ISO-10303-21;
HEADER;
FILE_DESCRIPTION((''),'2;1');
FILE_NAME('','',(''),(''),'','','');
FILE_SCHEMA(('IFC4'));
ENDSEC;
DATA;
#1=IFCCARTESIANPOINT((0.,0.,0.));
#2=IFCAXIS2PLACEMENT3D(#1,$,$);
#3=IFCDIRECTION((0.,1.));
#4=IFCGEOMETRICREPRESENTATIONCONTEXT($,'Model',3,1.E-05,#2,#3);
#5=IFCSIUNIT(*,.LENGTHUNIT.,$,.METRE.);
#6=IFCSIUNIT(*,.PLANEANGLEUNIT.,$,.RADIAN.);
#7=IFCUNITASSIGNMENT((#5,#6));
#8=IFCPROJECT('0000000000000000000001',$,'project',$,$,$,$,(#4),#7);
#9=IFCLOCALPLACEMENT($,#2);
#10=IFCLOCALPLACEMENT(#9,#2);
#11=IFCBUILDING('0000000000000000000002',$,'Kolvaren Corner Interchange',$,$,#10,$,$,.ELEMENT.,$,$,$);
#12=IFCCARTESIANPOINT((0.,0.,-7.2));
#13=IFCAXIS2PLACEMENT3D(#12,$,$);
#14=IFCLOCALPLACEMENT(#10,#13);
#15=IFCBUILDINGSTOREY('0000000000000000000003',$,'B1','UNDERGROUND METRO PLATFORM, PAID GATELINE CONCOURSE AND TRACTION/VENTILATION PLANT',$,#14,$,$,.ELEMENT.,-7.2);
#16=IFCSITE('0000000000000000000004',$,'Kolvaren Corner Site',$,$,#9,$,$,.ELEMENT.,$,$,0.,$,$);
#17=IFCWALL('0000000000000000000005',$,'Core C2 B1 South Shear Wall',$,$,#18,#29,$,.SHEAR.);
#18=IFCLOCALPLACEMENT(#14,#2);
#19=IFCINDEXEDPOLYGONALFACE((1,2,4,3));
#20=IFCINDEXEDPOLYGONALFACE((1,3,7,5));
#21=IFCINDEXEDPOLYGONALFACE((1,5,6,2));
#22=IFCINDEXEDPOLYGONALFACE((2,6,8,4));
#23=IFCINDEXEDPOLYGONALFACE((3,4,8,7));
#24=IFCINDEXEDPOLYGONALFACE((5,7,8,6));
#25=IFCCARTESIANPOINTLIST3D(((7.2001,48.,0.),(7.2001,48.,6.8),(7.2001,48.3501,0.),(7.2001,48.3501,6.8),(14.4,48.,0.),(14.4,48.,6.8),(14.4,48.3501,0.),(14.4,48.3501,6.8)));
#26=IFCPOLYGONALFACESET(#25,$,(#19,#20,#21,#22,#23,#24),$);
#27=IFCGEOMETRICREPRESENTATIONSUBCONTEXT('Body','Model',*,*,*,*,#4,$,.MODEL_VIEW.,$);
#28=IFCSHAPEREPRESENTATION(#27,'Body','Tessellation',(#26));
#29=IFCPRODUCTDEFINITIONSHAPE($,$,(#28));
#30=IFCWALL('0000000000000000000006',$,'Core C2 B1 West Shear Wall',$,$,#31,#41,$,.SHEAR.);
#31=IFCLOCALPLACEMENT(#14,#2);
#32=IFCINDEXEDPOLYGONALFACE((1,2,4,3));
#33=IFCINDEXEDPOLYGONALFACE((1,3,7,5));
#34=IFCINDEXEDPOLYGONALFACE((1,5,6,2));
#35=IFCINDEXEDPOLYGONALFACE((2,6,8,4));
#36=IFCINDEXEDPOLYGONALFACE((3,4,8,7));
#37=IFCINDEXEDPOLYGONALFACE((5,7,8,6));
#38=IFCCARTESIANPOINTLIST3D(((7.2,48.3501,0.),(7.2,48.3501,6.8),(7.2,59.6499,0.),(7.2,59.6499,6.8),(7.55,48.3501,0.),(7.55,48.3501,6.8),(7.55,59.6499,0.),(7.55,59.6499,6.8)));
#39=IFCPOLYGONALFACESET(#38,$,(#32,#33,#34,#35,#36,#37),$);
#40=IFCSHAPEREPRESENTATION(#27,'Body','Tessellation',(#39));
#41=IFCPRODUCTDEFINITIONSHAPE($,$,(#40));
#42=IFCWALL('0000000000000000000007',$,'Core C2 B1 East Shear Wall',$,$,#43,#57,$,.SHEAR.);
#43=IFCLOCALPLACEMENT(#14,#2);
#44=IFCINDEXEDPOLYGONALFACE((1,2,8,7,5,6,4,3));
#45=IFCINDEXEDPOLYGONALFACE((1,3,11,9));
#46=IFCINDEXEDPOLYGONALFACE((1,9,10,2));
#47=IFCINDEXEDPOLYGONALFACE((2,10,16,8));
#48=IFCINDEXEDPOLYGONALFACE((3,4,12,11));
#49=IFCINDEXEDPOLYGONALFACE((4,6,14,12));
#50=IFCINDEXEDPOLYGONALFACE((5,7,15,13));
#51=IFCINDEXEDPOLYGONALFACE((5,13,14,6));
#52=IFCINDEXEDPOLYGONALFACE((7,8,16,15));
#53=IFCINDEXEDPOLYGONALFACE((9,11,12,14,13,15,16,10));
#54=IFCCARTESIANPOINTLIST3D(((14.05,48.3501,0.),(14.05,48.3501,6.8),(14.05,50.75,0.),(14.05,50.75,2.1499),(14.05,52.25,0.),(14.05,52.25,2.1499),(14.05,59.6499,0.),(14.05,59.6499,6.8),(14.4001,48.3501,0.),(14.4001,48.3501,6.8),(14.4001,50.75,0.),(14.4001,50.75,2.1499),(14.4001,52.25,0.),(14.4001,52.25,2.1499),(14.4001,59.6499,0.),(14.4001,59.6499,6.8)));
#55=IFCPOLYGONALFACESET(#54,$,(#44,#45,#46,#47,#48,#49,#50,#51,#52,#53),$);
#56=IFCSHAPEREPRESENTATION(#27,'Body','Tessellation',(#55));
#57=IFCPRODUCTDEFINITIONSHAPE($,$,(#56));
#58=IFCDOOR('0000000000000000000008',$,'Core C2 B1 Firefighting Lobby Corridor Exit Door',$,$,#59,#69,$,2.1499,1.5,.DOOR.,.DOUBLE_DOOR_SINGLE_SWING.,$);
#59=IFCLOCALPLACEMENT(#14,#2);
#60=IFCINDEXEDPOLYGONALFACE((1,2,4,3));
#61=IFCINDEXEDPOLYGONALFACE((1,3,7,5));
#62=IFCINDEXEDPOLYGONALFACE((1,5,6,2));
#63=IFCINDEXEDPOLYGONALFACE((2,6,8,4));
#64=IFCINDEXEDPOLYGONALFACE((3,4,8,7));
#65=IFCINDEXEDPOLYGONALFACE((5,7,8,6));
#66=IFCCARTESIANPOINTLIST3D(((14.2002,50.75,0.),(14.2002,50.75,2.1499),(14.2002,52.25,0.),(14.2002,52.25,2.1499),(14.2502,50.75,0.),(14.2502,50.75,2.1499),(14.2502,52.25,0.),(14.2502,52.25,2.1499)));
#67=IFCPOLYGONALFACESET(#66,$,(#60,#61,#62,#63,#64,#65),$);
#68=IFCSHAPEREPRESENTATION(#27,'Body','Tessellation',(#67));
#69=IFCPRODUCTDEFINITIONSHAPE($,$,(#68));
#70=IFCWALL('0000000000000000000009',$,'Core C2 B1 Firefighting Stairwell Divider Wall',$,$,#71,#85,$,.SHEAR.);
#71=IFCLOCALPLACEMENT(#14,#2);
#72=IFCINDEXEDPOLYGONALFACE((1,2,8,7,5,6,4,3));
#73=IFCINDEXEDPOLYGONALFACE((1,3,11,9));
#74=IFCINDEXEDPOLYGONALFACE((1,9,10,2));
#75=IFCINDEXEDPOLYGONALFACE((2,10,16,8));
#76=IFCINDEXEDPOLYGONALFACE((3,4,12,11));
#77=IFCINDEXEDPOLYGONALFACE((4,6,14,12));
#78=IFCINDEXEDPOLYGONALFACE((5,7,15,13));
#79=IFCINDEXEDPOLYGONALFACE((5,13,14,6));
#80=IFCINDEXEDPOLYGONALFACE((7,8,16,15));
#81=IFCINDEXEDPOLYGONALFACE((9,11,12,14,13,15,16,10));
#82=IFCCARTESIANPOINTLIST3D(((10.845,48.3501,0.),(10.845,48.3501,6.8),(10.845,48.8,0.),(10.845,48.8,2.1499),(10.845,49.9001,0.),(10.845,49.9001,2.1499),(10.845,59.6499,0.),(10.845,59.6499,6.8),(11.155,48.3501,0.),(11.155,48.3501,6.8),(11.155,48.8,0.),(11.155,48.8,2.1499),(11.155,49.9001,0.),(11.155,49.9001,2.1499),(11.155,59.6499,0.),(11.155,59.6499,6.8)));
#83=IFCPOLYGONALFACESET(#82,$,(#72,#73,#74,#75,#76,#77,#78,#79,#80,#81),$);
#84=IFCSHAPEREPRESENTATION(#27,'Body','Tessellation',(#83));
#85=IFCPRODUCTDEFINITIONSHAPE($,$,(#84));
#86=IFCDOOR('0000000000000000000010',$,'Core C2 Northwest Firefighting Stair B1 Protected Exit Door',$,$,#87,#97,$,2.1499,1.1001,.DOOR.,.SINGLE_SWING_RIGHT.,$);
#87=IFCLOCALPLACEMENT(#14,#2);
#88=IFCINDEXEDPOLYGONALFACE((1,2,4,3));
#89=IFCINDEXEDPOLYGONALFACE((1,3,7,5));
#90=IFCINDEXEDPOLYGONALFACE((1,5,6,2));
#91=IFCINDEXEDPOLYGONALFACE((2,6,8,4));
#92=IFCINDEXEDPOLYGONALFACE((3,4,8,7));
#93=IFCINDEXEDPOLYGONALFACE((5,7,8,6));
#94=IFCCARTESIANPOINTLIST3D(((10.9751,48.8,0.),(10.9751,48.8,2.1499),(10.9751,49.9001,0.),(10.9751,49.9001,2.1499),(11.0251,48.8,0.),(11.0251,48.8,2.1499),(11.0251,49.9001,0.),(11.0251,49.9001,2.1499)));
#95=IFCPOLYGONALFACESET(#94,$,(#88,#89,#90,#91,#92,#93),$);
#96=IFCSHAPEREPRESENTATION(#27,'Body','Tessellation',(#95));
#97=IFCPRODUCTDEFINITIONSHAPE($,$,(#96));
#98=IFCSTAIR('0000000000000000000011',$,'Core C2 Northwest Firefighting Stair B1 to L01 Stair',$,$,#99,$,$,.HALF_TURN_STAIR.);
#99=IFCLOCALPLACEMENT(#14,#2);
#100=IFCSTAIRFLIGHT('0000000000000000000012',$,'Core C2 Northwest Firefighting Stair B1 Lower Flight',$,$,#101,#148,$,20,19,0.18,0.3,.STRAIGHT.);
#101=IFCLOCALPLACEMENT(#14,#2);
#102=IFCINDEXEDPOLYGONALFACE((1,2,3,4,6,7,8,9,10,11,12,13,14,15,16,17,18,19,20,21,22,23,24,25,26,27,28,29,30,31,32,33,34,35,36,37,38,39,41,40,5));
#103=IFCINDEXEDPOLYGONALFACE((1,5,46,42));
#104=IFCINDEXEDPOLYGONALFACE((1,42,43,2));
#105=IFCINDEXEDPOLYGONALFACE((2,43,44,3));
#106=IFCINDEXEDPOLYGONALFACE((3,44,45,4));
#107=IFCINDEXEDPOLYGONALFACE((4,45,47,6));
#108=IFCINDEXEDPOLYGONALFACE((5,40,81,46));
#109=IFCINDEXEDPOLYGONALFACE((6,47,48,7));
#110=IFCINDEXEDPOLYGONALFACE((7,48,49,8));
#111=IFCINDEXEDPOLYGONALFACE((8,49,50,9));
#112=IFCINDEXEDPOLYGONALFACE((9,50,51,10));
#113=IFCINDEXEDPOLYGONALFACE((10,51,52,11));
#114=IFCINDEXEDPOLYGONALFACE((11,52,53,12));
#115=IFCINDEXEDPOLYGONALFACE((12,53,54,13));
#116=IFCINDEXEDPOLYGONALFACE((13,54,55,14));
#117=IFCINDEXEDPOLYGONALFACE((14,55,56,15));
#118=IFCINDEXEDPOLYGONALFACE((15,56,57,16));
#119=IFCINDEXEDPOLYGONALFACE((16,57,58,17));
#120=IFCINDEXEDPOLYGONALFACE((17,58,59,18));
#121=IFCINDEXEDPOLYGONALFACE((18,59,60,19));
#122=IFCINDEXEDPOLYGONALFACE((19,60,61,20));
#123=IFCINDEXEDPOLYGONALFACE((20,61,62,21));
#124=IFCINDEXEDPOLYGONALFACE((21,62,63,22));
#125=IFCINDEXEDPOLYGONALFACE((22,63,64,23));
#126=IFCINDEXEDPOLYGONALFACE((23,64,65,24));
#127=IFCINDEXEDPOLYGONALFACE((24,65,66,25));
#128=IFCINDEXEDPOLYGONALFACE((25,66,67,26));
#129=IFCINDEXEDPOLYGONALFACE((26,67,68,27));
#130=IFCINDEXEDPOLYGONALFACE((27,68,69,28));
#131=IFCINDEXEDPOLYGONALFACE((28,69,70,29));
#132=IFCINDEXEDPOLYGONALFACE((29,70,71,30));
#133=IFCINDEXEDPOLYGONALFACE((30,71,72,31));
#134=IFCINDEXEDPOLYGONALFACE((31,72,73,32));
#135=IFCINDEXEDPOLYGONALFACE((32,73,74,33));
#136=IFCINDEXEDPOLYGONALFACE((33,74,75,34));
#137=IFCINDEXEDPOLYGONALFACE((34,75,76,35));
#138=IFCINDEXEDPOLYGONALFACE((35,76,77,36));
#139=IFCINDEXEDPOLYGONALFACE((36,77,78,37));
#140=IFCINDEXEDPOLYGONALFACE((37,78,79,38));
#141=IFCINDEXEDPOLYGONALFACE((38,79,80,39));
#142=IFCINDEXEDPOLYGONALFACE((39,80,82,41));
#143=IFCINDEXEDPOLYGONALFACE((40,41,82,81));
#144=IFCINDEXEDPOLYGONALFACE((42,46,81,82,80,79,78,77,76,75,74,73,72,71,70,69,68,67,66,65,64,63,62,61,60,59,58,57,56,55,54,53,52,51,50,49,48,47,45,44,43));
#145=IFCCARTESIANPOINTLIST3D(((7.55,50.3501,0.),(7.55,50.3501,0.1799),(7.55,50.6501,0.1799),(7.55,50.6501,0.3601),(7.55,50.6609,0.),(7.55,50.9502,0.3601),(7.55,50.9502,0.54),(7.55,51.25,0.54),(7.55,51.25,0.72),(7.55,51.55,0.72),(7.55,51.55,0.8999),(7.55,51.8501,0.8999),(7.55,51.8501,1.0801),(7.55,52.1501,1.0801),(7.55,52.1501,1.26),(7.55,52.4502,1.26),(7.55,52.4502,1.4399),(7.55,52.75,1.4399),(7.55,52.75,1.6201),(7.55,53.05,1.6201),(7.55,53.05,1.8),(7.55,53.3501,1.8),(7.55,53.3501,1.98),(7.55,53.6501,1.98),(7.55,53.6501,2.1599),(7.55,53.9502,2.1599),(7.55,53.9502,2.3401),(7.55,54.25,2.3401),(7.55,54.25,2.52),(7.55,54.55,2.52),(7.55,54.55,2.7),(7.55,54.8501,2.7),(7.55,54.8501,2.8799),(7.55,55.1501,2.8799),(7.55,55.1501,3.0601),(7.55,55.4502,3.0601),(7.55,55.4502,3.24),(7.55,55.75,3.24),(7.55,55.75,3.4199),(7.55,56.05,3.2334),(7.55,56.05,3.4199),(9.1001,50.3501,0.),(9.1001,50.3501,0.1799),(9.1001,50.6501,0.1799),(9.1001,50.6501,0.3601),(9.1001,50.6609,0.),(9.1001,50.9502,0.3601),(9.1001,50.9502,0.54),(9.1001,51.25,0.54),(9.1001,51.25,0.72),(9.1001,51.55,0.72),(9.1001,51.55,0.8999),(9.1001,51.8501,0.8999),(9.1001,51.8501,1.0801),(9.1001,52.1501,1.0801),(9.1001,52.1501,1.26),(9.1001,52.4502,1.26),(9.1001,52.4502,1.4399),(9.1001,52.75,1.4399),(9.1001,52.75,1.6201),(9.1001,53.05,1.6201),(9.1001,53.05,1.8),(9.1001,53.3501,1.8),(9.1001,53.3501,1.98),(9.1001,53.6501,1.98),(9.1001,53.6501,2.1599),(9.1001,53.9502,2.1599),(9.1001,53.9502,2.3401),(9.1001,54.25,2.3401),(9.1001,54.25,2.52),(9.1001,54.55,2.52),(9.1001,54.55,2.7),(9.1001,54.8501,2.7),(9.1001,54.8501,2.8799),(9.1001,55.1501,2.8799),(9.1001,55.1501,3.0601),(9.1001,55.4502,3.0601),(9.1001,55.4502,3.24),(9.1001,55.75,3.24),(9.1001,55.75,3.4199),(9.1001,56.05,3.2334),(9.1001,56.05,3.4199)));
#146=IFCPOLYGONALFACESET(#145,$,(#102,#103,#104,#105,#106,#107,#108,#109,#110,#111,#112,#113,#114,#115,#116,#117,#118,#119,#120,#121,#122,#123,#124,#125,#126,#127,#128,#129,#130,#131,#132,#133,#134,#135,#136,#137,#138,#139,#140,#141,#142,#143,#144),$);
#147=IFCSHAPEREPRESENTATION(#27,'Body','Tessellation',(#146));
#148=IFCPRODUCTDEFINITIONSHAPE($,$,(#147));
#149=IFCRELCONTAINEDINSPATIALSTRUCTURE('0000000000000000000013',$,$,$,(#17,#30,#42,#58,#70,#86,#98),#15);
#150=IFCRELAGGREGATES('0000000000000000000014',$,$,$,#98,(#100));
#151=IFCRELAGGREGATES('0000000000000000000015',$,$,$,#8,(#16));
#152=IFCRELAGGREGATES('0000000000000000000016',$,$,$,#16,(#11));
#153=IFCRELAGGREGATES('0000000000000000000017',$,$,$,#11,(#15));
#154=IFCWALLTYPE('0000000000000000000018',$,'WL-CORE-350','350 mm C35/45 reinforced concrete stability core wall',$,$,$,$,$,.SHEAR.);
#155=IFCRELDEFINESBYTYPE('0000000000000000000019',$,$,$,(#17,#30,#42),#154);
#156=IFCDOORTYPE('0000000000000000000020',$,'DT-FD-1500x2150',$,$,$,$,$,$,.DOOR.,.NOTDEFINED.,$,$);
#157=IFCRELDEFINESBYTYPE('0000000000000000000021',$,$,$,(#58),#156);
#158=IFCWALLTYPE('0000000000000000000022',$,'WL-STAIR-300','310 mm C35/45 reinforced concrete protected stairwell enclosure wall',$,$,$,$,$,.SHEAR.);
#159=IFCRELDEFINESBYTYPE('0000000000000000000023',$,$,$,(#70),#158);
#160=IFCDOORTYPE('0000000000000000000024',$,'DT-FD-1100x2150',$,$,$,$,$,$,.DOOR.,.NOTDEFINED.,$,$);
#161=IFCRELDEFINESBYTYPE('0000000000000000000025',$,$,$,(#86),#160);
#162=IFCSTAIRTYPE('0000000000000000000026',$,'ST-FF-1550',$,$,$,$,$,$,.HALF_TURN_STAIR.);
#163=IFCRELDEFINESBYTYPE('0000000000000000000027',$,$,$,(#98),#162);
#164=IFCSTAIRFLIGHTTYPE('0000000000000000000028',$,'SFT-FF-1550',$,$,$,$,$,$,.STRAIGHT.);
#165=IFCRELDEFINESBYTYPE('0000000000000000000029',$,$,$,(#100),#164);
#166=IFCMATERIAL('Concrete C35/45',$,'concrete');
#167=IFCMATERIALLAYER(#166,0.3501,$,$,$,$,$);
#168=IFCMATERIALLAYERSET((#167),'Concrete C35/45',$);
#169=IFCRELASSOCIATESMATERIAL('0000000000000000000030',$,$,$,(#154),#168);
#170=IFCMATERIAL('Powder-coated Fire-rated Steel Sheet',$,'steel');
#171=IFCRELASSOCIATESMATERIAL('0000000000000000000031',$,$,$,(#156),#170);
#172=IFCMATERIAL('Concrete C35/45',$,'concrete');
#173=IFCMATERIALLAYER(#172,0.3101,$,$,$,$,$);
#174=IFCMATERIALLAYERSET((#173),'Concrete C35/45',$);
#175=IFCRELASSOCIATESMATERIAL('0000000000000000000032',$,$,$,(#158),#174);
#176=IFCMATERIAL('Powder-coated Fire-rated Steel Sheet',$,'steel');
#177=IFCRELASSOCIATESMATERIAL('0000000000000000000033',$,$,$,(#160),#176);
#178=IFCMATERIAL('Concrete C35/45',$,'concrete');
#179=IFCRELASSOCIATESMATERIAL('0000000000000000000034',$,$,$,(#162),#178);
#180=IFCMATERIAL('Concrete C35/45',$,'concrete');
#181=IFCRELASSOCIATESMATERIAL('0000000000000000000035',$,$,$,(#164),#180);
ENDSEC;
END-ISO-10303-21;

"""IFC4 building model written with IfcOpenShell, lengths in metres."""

from ifc_helpers import new_model, si_unit, direction, frame, frame_2d, origin, place, context, subcontext, project, spatial, polyline, rectangle, outline, extrude, material, layer, layer_set, type_object, element, fill, aggregate, save


model = new_model("IFC4")

# Units and contexts
model_context = context("Model", 3, precision=1e-05, world=origin(), true_north=direction((0.0, 1.0)))
body_context = subcontext(model_context, "Body", "Model", "MODEL_VIEW")
ifc_project = project(units=[si_unit("LENGTHUNIT", "METRE"), si_unit("PLANEANGLEUNIT", "RADIAN")], contexts=[model_context])

# Site, building, storey
site_placement = place(None, origin())
site = spatial("IfcSite", under=ifc_project, at=site_placement, Name="Kolvaren Corner Site", CompositionType="ELEMENT", RefElevation=0.0)
building_placement = place(site_placement, origin())
building = spatial("IfcBuilding", under=site, at=building_placement, Name="Kolvaren Corner Interchange", CompositionType="ELEMENT")
storey_placement = place(building_placement, frame((0.0, 0.0, -7.2)))
storey = spatial("IfcBuildingStorey", under=building, at=storey_placement, Name="B1", Description="UNDERGROUND METRO PLATFORM, PAID GATELINE CONCOURSE AND TRACTION/VENTILATION PLANT", CompositionType="ELEMENT", Elevation=-7.2)

# Walls
ifc_material_1 = material(Name="Concrete C35/45", Category="concrete")
ifc_layer_1 = layer(ifc_material_1, 0.3501)
ifc_layer_set_1 = layer_set([ifc_layer_1], Name="Concrete C35/45")
wall_type_1 = type_object("IfcWallType", Name="WL-CORE-350", Description="350 mm C35/45 reinforced concrete stability core wall", PredefinedType="SHEAR", material=ifc_layer_set_1)
wall_1_placement = place(storey_placement, frame((7.2, 48.175, 0.0), z_axis=(0.0, 0.0, 1.0), x_axis=(1.0, 0.0, 0.0)))
element("IfcWall", 1, at=wall_1_placement, inside=storey, type_object=wall_type_1, Name="Core C2 B1 South Shear Wall", PredefinedType="SHEAR", context=body_context, shape_type="SweptSolid", body=[
    extrude(rectangle(XDim=7.2, YDim=0.3501, at=frame_2d((3.6001, 0.0))), origin(), (0.0, 0.0, 1.0), 6.8),
])
wall_2_placement = place(storey_placement, frame((7.375, 48.3501, 0.0), z_axis=(0.0, 0.0, 1.0), x_axis=(0.0, 1.0, 0.0)))
element("IfcWall", 2, at=wall_2_placement, inside=storey, type_object=wall_type_1, Name="Core C2 B1 West Shear Wall", PredefinedType="SHEAR", context=body_context, shape_type="SweptSolid", body=[
    extrude(rectangle(XDim=11.2998, YDim=0.3501, at=frame_2d((5.6499, 0.0))), origin(), (0.0, 0.0, 1.0), 6.8),
])

# Walls, openings, doors
wall_3_placement = place(storey_placement, frame((14.2251, 48.3501, 0.0), z_axis=(0.0, 0.0, 1.0), x_axis=(0.0, 1.0, 0.0)))
wall_3 = element("IfcWall", 3, at=wall_3_placement, inside=storey, type_object=wall_type_1, Name="Core C2 B1 East Shear Wall", PredefinedType="SHEAR", context=body_context, shape_type="SweptSolid", body=[
    extrude(rectangle(XDim=11.2998, YDim=0.3501, at=frame_2d((5.6499, 0.0))), origin(), (0.0, 0.0, 1.0), 6.8),
])
opening_1_placement = place(wall_3_placement, frame((2.3999, 0.0, 0.0)))
opening_1 = element("IfcOpeningElement", 4, at=opening_1_placement, cuts=wall_3, PredefinedType="OPENING", context=body_context, shape_type="SweptSolid", body=[
    extrude(rectangle(XDim=1.5, YDim=2.1499, at=frame_2d((0.75, 1.075))), frame((0.0, 0.1851, 0.0), z_axis=(0.0, -1.0, 0.0), x_axis=(1.0, 0.0, 0.0)), (0.0, 0.0, 1.0), 0.3701),
])
ifc_material_2 = material(Name="Powder-coated Fire-rated Steel Sheet", Category="steel")
door_type_1 = type_object("IfcDoorType", Name="DT-FD-1500x2150", OperationType="NOTDEFINED", PredefinedType="DOOR", material=ifc_material_2)
door_1_placement = place(opening_1_placement, origin())
door_1 = element("IfcDoor", 5, at=door_1_placement, inside=storey, type_object=door_type_1, Name="Core C2 B1 Firefighting Lobby Corridor Exit Door", OperationType="DOUBLE_DOOR_SINGLE_SWING", OverallHeight=2.1499, OverallWidth=1.5, PredefinedType="DOOR", context=body_context, shape_type="SweptSolid", body=[
    extrude(rectangle(XDim=1.5, YDim=2.1499, at=frame_2d((0.75, 1.075))), frame((0.0, 0.0249, 0.0), z_axis=(0.0, -1.0, 0.0), x_axis=(1.0, 0.0, 0.0)), (0.0, 0.0, 1.0), 0.05),
])
fill(opening_1, door_1)
ifc_material_3 = material(Name="Concrete C35/45", Category="concrete")
ifc_layer_2 = layer(ifc_material_3, 0.3101)
ifc_layer_set_2 = layer_set([ifc_layer_2], Name="Concrete C35/45")
wall_type_2 = type_object("IfcWallType", Name="WL-STAIR-300", Description="310 mm C35/45 reinforced concrete protected stairwell enclosure wall", PredefinedType="SHEAR", material=ifc_layer_set_2)
wall_4_placement = place(storey_placement, frame((11.0, 48.3501, 0.0), z_axis=(0.0, 0.0, 1.0), x_axis=(0.0, 1.0, 0.0)))
wall_4 = element("IfcWall", 6, at=wall_4_placement, inside=storey, type_object=wall_type_2, Name="Core C2 B1 Firefighting Stairwell Divider Wall", PredefinedType="SHEAR", context=body_context, shape_type="SweptSolid", body=[
    extrude(rectangle(XDim=11.2998, YDim=0.3101, at=frame_2d((5.6499, 0.0))), origin(), (0.0, 0.0, 1.0), 6.8),
])
opening_2_placement = place(wall_4_placement, frame((0.45, 0.0, 0.0)))
opening_2 = element("IfcOpeningElement", 7, at=opening_2_placement, cuts=wall_4, PredefinedType="OPENING", context=body_context, shape_type="SweptSolid", body=[
    extrude(rectangle(XDim=1.1001, YDim=2.1499, at=frame_2d((0.55, 1.075))), frame((0.0, 0.165, 0.0), z_axis=(0.0, -1.0, 0.0), x_axis=(1.0, 0.0, 0.0)), (0.0, 0.0, 1.0), 0.3301),
])
ifc_material_4 = material(Name="Powder-coated Fire-rated Steel Sheet", Category="steel")
door_type_2 = type_object("IfcDoorType", Name="DT-FD-1100x2150", OperationType="NOTDEFINED", PredefinedType="DOOR", material=ifc_material_4)
door_2_placement = place(opening_2_placement, origin())
door_2 = element("IfcDoor", 8, at=door_2_placement, inside=storey, type_object=door_type_2, Name="Core C2 Northwest Firefighting Stair B1 Protected Exit Door", OperationType="SINGLE_SWING_RIGHT", OverallHeight=2.1499, OverallWidth=1.1001, PredefinedType="DOOR", context=body_context, shape_type="SweptSolid", body=[
    extrude(rectangle(XDim=1.1001, YDim=2.1499, at=frame_2d((0.55, 1.075))), frame((0.0, 0.0249, 0.0), z_axis=(0.0, -1.0, 0.0), x_axis=(1.0, 0.0, 0.0)), (0.0, 0.0, 1.0), 0.05),
])
fill(opening_2, door_2)

# Stair, stair flight
ifc_material_5 = material(Name="Concrete C35/45", Category="concrete")
stair_type = type_object("IfcStairType", Name="ST-FF-1550", PredefinedType="HALF_TURN_STAIR", material=ifc_material_5)
stair_placement = place(storey_placement, origin())
stair = element("IfcStair", 9, at=stair_placement, inside=storey, type_object=stair_type, Name="Core C2 Northwest Firefighting Stair B1 to L01 Stair", PredefinedType="HALF_TURN_STAIR")
ifc_material_6 = material(Name="Concrete C35/45", Category="concrete")
stair_flight_type = type_object("IfcStairFlightType", Name="SFT-FF-1550", PredefinedType="STRAIGHT", material=ifc_material_6)
stair_flight_placement = place(storey_placement, frame((8.325, 50.3501, 0.0), z_axis=(0.0, 0.0, 1.0), x_axis=(0.0, 1.0, 0.0)))
stair_flight = element("IfcStairFlight", 10, at=stair_flight_placement, type_object=stair_flight_type, Name="Core C2 Northwest Firefighting Stair B1 Lower Flight", NumberOfRisers=20, NumberOfTreads=19, PredefinedType="STRAIGHT", RiserHeight=0.18, TreadLength=0.3, context=body_context, shape_type="SweptSolid", body=[
    extrude(outline(polyline([(0.0, 0.0), (0.0, 0.1799), (0.3, 0.1799), (0.3, 0.3601), (0.6001, 0.3601), (0.6001, 0.54), (0.8999, 0.54), (0.8999, 0.72), (1.2, 0.72), (1.2, 0.8999), (1.5, 0.8999), (1.5, 1.0801), (1.8, 1.0801), (1.8, 1.26), (2.1001, 1.26), (2.1001, 1.4399), (2.3999, 1.4399), (2.3999, 1.6201), (2.7, 1.6201), (2.7, 1.8), (3.0, 1.8), (3.0, 1.98), (3.3, 1.98), (3.3, 2.1599), (3.6001, 2.1599), (3.6001, 2.3401), (3.8999, 2.3401), (3.8999, 2.52), (4.2, 2.52), (4.2, 2.7), (4.5, 2.7), (4.5, 2.8799), (4.8, 2.8799), (4.8, 3.0601), (5.1001, 3.0601), (5.1001, 3.24), (5.3999, 3.24), (5.3999, 3.4199), (5.7, 3.4199), (5.7, 3.6001), (5.7, 3.2334), (0.3108, 0.0), (0.0, 0.0)])), frame((0.0, 0.7749, 0.0), z_axis=(0.0, -1.0, 0.0), x_axis=(1.0, 0.0, 0.0)), (0.0, 0.0, 1.0), 1.55),
])
aggregate(stair, [stair_flight])

save(model, "model.ifc")
